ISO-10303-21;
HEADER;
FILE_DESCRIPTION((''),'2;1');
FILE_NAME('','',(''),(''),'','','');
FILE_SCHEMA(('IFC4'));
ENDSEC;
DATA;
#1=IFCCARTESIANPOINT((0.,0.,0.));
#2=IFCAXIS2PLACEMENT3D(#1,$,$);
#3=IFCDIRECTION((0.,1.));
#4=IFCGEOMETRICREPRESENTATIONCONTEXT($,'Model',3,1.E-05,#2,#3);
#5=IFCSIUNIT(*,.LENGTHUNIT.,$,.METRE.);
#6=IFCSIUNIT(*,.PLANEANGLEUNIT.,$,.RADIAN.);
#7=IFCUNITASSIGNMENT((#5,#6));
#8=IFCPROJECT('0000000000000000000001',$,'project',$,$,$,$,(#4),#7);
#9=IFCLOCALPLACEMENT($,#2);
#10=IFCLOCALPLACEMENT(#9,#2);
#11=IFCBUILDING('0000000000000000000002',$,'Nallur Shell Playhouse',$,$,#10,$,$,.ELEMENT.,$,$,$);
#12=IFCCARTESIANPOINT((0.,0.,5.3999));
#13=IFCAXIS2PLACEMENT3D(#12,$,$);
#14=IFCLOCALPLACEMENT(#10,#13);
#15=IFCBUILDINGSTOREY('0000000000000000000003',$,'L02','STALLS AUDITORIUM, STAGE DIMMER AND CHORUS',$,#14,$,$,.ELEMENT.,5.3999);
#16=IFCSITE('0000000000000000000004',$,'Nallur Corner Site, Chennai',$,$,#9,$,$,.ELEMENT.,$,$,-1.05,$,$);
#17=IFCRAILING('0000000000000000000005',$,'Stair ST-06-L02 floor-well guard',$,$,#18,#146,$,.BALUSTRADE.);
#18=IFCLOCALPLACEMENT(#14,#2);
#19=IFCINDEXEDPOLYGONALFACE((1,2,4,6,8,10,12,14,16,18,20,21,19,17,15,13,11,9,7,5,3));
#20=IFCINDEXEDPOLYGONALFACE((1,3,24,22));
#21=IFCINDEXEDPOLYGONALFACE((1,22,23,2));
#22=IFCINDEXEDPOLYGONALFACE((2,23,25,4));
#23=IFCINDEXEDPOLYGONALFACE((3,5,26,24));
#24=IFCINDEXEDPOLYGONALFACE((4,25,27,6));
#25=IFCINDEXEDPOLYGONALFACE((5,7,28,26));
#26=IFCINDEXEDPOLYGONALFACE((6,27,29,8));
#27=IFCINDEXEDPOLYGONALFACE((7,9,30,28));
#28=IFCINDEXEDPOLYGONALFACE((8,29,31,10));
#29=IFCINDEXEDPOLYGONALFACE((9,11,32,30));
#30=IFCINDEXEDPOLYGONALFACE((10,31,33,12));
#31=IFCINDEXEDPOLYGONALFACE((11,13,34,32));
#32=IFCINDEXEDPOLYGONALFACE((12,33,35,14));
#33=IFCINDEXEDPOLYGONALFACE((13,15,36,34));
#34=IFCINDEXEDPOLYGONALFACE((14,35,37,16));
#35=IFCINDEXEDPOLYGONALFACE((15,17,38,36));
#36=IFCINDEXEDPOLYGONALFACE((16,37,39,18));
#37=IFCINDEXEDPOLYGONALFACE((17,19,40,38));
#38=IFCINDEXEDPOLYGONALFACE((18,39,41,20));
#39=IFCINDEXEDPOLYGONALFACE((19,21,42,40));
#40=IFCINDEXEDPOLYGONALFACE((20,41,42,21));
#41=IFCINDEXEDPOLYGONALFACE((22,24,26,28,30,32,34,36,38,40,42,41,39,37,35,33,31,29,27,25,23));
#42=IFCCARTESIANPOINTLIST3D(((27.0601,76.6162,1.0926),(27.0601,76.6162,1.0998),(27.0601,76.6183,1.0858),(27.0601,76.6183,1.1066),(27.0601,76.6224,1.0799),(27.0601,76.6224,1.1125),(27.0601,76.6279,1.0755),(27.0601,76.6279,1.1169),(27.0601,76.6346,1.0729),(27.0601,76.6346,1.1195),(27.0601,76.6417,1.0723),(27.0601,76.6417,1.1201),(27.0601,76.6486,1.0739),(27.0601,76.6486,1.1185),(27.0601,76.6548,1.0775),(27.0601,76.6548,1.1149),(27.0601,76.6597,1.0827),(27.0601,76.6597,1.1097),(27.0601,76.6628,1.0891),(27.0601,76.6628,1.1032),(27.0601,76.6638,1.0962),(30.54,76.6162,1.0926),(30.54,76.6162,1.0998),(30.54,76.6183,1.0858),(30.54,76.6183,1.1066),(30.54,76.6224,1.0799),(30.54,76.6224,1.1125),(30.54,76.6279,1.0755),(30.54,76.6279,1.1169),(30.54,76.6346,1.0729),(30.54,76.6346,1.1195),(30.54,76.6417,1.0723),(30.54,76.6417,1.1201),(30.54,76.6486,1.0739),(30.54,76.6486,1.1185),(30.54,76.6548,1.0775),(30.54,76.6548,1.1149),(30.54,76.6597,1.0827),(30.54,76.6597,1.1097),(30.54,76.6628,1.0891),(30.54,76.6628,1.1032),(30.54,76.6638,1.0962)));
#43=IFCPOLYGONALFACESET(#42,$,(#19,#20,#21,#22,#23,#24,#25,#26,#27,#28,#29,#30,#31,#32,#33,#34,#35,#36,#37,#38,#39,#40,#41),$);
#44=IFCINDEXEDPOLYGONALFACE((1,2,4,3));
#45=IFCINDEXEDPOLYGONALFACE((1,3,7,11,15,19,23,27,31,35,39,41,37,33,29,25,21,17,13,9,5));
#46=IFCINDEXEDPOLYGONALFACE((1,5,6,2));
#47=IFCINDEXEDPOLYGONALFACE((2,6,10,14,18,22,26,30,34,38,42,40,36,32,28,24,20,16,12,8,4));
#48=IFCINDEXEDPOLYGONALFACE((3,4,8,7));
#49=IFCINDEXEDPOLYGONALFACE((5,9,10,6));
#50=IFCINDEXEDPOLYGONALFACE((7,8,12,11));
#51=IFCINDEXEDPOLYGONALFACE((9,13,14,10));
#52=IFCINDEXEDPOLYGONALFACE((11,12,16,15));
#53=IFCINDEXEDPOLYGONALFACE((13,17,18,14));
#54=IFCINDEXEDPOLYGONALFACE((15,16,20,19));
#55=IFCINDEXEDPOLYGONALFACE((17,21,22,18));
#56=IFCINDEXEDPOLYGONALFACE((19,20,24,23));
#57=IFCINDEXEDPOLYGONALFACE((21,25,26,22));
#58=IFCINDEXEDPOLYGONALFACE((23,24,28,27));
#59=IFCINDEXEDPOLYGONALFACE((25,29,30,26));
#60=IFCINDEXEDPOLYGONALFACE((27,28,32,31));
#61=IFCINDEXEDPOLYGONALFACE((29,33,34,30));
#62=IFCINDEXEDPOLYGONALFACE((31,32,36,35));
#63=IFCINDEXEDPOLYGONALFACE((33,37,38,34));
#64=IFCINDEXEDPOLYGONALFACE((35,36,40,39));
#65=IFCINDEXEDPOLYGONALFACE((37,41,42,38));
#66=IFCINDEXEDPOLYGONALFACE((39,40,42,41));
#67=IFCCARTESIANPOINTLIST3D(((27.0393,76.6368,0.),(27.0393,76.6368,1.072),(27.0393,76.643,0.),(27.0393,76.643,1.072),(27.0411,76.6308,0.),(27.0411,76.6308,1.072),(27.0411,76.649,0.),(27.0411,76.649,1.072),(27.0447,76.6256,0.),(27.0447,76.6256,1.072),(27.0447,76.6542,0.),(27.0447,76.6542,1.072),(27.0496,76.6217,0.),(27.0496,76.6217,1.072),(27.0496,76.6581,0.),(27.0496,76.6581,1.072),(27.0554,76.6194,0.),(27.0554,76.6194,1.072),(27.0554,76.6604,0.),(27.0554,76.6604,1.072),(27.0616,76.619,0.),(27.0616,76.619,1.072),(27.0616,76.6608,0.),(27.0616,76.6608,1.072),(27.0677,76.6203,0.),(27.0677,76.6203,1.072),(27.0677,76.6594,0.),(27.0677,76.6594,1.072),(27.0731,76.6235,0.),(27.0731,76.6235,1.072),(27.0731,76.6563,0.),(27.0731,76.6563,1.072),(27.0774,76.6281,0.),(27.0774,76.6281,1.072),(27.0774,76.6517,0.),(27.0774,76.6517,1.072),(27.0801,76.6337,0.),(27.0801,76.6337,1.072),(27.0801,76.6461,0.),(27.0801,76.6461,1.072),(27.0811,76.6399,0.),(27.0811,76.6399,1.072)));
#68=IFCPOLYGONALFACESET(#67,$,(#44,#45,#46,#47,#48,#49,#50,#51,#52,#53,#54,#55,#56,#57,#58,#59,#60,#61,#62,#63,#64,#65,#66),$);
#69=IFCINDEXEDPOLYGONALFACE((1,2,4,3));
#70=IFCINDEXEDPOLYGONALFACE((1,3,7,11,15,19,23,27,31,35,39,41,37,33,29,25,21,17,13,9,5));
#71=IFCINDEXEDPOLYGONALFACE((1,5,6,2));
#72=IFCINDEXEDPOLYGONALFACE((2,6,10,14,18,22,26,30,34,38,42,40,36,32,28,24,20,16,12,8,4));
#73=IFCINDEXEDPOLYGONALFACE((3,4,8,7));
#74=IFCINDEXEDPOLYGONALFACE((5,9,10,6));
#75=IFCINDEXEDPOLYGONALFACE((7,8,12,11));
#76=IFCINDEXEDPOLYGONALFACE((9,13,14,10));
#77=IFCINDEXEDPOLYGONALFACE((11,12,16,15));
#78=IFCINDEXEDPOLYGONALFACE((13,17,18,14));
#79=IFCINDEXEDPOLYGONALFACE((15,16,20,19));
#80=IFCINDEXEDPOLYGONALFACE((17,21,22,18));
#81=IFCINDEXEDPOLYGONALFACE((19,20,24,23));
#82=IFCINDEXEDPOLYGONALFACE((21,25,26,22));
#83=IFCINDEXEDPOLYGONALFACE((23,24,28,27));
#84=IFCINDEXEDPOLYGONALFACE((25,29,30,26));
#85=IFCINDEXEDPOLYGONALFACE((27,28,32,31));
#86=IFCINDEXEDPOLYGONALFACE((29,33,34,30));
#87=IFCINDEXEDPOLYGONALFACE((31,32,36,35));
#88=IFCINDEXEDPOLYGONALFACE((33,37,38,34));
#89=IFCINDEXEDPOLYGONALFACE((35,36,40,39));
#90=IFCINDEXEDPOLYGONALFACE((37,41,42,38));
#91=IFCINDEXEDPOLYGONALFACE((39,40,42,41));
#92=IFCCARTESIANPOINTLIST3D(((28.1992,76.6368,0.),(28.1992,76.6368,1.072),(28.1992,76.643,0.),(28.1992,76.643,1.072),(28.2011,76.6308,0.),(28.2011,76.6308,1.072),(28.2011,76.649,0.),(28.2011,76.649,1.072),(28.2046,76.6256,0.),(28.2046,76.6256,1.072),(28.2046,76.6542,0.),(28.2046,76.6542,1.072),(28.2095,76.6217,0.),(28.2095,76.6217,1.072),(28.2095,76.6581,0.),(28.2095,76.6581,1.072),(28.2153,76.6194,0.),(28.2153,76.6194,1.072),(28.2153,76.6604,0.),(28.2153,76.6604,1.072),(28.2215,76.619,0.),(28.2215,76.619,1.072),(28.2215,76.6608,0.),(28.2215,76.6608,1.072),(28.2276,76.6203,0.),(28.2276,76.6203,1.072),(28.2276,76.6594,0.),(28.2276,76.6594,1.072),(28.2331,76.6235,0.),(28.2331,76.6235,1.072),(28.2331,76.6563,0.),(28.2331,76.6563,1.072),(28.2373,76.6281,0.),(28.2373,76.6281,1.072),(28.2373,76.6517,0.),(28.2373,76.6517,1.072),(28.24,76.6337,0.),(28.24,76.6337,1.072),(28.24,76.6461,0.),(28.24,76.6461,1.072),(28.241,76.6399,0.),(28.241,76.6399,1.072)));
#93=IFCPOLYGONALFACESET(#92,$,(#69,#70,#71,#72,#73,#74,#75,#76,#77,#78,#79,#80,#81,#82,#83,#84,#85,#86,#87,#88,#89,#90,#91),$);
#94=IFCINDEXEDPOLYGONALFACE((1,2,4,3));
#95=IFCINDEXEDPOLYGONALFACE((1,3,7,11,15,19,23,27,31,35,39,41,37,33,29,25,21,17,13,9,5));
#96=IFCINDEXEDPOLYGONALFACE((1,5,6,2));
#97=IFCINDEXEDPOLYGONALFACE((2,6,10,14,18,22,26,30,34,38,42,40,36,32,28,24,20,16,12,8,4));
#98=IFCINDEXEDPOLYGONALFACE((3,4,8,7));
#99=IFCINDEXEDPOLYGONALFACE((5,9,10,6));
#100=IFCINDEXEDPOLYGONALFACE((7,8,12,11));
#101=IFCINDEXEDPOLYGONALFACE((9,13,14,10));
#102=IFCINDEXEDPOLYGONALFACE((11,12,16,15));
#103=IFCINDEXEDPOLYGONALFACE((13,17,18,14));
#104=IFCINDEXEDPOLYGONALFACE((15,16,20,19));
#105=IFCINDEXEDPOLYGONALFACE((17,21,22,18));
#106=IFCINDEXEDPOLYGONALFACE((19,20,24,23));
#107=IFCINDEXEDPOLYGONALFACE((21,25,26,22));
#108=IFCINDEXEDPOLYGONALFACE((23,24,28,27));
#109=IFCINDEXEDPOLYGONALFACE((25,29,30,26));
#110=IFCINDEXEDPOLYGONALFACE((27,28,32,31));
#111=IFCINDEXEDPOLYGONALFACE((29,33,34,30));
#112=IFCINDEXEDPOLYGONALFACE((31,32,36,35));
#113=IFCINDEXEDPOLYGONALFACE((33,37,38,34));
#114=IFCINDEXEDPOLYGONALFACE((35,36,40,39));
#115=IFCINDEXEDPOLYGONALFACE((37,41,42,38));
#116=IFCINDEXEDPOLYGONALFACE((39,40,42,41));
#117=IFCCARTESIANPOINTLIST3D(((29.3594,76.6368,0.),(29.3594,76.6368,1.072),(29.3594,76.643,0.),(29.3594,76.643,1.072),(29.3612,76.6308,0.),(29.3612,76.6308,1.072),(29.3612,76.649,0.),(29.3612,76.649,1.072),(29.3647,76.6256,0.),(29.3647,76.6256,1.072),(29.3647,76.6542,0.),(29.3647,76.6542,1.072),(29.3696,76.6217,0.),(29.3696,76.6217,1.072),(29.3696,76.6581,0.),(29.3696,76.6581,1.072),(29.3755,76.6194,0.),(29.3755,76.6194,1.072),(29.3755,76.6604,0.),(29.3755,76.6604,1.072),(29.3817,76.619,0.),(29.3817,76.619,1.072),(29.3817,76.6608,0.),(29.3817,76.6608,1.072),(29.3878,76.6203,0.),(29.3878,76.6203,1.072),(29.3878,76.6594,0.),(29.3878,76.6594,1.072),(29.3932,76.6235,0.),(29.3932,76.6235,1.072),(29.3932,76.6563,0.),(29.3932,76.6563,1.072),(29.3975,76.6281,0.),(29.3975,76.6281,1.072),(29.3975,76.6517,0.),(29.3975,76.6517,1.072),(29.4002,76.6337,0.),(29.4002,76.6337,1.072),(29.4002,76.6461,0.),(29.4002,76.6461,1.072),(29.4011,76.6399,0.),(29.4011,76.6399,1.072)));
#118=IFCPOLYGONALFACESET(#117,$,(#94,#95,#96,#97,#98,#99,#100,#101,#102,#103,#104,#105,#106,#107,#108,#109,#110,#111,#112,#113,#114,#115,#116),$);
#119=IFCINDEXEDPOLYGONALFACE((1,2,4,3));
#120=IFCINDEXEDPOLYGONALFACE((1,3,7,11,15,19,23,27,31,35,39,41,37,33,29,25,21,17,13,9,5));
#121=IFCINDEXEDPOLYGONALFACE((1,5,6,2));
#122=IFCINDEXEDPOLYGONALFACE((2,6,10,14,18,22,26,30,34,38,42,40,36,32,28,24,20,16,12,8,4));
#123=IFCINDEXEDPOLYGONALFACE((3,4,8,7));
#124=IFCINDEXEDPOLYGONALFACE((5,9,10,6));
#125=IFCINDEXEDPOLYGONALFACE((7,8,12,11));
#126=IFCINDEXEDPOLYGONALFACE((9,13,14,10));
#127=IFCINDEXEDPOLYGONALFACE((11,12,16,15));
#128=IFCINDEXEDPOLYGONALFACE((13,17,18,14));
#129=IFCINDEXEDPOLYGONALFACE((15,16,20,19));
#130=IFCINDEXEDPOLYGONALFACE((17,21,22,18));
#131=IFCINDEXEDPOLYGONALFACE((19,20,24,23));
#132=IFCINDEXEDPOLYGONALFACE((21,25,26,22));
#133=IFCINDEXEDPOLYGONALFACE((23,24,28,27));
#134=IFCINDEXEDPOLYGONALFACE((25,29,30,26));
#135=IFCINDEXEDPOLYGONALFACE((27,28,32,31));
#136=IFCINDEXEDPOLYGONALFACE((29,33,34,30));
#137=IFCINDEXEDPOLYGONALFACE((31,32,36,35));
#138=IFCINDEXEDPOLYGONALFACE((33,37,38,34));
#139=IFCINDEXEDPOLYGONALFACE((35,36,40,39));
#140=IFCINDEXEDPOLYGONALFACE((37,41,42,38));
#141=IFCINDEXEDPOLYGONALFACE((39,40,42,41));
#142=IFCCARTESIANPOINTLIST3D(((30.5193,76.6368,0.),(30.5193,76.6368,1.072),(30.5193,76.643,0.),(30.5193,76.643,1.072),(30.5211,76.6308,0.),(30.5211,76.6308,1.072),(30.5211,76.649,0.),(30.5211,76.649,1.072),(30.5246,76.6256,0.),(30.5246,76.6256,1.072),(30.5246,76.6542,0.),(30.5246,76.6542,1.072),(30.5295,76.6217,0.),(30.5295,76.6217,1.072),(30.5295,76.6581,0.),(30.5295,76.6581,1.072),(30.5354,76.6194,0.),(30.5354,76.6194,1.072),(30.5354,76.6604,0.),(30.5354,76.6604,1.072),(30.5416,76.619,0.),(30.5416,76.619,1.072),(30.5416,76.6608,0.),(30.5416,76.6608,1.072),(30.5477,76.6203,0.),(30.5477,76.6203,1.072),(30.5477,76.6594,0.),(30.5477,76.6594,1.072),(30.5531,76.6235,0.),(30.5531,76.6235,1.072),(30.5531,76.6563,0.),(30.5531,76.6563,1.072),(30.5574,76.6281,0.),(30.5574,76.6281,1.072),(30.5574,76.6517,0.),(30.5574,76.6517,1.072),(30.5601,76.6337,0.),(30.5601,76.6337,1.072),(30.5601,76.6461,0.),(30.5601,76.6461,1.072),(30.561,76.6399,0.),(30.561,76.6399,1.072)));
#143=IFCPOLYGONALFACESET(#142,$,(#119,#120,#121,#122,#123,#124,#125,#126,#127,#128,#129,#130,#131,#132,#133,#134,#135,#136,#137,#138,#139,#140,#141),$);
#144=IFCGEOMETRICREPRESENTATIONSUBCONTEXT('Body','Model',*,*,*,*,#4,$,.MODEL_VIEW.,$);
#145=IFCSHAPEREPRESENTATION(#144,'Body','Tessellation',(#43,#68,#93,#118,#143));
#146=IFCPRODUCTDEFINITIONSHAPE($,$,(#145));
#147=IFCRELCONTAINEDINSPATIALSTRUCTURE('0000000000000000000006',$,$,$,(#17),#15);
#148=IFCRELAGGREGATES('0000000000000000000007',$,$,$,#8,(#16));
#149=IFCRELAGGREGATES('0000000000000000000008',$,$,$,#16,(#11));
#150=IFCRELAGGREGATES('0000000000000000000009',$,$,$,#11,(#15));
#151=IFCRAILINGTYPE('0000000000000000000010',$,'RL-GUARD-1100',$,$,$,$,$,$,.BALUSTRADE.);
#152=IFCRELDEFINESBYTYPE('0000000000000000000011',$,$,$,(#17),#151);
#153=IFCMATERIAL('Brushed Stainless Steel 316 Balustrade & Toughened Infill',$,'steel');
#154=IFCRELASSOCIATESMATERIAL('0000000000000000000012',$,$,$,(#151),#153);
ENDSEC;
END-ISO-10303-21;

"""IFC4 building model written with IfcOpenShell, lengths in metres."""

from ifc_helpers import new_model, si_unit, direction, frame, origin, origin_2d, place, context, subcontext, project, spatial, circle, extrude, material, type_object, element, save


model = new_model("IFC4")

# Units and contexts
model_context = context("Model", 3, precision=1e-05, world=origin(), true_north=direction((0.0, 1.0)))
body_context = subcontext(model_context, "Body", "Model", "MODEL_VIEW")
ifc_project = project(units=[si_unit("LENGTHUNIT", "METRE"), si_unit("PLANEANGLEUNIT", "RADIAN")], contexts=[model_context])

# Site, building, storey
site_placement = place(None, origin())
site = spatial("IfcSite", under=ifc_project, at=site_placement, Name="Nallur Corner Site, Chennai", CompositionType="ELEMENT", RefElevation=-1.05)
building_placement = place(site_placement, origin())
building = spatial("IfcBuilding", under=site, at=building_placement, Name="Nallur Shell Playhouse", CompositionType="ELEMENT")
storey_placement = place(building_placement, frame((0.0, 0.0, 5.3999)))
storey = spatial("IfcBuildingStorey", under=building, at=storey_placement, Name="L02", Description="STALLS AUDITORIUM, STAGE DIMMER AND CHORUS", CompositionType="ELEMENT", Elevation=5.3999)

# Railing
ifc_material_1 = material(Name="Brushed Stainless Steel 316 Balustrade & Toughened Infill", Category="steel")
railing_type_1 = type_object("IfcRailingType", Name="RL-GUARD-1100", PredefinedType="BALUSTRADE", material=ifc_material_1)
railing_1_placement = place(storey_placement, frame((27.0601, 76.6399, 0.0)))
element("IfcRailing", 1, at=railing_1_placement, inside=storey, type_object=railing_type_1, Name="Stair ST-06-L02 floor-well guard", PredefinedType="BALUSTRADE", context=body_context, shape_type="SweptSolid", body=[
    extrude(circle(Radius=0.0239, at=origin_2d()), frame((0.0, 0.0, 1.0962), z_axis=(1.0, 0.0, 0.0), x_axis=(0.0, 1.0, 0.0)), (0.0, 0.0, 1.0), 3.48),
    extrude(circle(Radius=0.021, at=origin_2d()), origin(), (0.0, 0.0, 1.0), 1.072),
    extrude(circle(Radius=0.021, at=origin_2d()), frame((1.1599, 0.0, 0.0)), (0.0, 0.0, 1.0), 1.072),
    extrude(circle(Radius=0.021, at=origin_2d()), frame((2.3201, 0.0, 0.0)), (0.0, 0.0, 1.0), 1.072),
    extrude(circle(Radius=0.021, at=origin_2d()), frame((3.48, 0.0, 0.0)), (0.0, 0.0, 1.0), 1.072),
])

save(model, "model.ifc")
